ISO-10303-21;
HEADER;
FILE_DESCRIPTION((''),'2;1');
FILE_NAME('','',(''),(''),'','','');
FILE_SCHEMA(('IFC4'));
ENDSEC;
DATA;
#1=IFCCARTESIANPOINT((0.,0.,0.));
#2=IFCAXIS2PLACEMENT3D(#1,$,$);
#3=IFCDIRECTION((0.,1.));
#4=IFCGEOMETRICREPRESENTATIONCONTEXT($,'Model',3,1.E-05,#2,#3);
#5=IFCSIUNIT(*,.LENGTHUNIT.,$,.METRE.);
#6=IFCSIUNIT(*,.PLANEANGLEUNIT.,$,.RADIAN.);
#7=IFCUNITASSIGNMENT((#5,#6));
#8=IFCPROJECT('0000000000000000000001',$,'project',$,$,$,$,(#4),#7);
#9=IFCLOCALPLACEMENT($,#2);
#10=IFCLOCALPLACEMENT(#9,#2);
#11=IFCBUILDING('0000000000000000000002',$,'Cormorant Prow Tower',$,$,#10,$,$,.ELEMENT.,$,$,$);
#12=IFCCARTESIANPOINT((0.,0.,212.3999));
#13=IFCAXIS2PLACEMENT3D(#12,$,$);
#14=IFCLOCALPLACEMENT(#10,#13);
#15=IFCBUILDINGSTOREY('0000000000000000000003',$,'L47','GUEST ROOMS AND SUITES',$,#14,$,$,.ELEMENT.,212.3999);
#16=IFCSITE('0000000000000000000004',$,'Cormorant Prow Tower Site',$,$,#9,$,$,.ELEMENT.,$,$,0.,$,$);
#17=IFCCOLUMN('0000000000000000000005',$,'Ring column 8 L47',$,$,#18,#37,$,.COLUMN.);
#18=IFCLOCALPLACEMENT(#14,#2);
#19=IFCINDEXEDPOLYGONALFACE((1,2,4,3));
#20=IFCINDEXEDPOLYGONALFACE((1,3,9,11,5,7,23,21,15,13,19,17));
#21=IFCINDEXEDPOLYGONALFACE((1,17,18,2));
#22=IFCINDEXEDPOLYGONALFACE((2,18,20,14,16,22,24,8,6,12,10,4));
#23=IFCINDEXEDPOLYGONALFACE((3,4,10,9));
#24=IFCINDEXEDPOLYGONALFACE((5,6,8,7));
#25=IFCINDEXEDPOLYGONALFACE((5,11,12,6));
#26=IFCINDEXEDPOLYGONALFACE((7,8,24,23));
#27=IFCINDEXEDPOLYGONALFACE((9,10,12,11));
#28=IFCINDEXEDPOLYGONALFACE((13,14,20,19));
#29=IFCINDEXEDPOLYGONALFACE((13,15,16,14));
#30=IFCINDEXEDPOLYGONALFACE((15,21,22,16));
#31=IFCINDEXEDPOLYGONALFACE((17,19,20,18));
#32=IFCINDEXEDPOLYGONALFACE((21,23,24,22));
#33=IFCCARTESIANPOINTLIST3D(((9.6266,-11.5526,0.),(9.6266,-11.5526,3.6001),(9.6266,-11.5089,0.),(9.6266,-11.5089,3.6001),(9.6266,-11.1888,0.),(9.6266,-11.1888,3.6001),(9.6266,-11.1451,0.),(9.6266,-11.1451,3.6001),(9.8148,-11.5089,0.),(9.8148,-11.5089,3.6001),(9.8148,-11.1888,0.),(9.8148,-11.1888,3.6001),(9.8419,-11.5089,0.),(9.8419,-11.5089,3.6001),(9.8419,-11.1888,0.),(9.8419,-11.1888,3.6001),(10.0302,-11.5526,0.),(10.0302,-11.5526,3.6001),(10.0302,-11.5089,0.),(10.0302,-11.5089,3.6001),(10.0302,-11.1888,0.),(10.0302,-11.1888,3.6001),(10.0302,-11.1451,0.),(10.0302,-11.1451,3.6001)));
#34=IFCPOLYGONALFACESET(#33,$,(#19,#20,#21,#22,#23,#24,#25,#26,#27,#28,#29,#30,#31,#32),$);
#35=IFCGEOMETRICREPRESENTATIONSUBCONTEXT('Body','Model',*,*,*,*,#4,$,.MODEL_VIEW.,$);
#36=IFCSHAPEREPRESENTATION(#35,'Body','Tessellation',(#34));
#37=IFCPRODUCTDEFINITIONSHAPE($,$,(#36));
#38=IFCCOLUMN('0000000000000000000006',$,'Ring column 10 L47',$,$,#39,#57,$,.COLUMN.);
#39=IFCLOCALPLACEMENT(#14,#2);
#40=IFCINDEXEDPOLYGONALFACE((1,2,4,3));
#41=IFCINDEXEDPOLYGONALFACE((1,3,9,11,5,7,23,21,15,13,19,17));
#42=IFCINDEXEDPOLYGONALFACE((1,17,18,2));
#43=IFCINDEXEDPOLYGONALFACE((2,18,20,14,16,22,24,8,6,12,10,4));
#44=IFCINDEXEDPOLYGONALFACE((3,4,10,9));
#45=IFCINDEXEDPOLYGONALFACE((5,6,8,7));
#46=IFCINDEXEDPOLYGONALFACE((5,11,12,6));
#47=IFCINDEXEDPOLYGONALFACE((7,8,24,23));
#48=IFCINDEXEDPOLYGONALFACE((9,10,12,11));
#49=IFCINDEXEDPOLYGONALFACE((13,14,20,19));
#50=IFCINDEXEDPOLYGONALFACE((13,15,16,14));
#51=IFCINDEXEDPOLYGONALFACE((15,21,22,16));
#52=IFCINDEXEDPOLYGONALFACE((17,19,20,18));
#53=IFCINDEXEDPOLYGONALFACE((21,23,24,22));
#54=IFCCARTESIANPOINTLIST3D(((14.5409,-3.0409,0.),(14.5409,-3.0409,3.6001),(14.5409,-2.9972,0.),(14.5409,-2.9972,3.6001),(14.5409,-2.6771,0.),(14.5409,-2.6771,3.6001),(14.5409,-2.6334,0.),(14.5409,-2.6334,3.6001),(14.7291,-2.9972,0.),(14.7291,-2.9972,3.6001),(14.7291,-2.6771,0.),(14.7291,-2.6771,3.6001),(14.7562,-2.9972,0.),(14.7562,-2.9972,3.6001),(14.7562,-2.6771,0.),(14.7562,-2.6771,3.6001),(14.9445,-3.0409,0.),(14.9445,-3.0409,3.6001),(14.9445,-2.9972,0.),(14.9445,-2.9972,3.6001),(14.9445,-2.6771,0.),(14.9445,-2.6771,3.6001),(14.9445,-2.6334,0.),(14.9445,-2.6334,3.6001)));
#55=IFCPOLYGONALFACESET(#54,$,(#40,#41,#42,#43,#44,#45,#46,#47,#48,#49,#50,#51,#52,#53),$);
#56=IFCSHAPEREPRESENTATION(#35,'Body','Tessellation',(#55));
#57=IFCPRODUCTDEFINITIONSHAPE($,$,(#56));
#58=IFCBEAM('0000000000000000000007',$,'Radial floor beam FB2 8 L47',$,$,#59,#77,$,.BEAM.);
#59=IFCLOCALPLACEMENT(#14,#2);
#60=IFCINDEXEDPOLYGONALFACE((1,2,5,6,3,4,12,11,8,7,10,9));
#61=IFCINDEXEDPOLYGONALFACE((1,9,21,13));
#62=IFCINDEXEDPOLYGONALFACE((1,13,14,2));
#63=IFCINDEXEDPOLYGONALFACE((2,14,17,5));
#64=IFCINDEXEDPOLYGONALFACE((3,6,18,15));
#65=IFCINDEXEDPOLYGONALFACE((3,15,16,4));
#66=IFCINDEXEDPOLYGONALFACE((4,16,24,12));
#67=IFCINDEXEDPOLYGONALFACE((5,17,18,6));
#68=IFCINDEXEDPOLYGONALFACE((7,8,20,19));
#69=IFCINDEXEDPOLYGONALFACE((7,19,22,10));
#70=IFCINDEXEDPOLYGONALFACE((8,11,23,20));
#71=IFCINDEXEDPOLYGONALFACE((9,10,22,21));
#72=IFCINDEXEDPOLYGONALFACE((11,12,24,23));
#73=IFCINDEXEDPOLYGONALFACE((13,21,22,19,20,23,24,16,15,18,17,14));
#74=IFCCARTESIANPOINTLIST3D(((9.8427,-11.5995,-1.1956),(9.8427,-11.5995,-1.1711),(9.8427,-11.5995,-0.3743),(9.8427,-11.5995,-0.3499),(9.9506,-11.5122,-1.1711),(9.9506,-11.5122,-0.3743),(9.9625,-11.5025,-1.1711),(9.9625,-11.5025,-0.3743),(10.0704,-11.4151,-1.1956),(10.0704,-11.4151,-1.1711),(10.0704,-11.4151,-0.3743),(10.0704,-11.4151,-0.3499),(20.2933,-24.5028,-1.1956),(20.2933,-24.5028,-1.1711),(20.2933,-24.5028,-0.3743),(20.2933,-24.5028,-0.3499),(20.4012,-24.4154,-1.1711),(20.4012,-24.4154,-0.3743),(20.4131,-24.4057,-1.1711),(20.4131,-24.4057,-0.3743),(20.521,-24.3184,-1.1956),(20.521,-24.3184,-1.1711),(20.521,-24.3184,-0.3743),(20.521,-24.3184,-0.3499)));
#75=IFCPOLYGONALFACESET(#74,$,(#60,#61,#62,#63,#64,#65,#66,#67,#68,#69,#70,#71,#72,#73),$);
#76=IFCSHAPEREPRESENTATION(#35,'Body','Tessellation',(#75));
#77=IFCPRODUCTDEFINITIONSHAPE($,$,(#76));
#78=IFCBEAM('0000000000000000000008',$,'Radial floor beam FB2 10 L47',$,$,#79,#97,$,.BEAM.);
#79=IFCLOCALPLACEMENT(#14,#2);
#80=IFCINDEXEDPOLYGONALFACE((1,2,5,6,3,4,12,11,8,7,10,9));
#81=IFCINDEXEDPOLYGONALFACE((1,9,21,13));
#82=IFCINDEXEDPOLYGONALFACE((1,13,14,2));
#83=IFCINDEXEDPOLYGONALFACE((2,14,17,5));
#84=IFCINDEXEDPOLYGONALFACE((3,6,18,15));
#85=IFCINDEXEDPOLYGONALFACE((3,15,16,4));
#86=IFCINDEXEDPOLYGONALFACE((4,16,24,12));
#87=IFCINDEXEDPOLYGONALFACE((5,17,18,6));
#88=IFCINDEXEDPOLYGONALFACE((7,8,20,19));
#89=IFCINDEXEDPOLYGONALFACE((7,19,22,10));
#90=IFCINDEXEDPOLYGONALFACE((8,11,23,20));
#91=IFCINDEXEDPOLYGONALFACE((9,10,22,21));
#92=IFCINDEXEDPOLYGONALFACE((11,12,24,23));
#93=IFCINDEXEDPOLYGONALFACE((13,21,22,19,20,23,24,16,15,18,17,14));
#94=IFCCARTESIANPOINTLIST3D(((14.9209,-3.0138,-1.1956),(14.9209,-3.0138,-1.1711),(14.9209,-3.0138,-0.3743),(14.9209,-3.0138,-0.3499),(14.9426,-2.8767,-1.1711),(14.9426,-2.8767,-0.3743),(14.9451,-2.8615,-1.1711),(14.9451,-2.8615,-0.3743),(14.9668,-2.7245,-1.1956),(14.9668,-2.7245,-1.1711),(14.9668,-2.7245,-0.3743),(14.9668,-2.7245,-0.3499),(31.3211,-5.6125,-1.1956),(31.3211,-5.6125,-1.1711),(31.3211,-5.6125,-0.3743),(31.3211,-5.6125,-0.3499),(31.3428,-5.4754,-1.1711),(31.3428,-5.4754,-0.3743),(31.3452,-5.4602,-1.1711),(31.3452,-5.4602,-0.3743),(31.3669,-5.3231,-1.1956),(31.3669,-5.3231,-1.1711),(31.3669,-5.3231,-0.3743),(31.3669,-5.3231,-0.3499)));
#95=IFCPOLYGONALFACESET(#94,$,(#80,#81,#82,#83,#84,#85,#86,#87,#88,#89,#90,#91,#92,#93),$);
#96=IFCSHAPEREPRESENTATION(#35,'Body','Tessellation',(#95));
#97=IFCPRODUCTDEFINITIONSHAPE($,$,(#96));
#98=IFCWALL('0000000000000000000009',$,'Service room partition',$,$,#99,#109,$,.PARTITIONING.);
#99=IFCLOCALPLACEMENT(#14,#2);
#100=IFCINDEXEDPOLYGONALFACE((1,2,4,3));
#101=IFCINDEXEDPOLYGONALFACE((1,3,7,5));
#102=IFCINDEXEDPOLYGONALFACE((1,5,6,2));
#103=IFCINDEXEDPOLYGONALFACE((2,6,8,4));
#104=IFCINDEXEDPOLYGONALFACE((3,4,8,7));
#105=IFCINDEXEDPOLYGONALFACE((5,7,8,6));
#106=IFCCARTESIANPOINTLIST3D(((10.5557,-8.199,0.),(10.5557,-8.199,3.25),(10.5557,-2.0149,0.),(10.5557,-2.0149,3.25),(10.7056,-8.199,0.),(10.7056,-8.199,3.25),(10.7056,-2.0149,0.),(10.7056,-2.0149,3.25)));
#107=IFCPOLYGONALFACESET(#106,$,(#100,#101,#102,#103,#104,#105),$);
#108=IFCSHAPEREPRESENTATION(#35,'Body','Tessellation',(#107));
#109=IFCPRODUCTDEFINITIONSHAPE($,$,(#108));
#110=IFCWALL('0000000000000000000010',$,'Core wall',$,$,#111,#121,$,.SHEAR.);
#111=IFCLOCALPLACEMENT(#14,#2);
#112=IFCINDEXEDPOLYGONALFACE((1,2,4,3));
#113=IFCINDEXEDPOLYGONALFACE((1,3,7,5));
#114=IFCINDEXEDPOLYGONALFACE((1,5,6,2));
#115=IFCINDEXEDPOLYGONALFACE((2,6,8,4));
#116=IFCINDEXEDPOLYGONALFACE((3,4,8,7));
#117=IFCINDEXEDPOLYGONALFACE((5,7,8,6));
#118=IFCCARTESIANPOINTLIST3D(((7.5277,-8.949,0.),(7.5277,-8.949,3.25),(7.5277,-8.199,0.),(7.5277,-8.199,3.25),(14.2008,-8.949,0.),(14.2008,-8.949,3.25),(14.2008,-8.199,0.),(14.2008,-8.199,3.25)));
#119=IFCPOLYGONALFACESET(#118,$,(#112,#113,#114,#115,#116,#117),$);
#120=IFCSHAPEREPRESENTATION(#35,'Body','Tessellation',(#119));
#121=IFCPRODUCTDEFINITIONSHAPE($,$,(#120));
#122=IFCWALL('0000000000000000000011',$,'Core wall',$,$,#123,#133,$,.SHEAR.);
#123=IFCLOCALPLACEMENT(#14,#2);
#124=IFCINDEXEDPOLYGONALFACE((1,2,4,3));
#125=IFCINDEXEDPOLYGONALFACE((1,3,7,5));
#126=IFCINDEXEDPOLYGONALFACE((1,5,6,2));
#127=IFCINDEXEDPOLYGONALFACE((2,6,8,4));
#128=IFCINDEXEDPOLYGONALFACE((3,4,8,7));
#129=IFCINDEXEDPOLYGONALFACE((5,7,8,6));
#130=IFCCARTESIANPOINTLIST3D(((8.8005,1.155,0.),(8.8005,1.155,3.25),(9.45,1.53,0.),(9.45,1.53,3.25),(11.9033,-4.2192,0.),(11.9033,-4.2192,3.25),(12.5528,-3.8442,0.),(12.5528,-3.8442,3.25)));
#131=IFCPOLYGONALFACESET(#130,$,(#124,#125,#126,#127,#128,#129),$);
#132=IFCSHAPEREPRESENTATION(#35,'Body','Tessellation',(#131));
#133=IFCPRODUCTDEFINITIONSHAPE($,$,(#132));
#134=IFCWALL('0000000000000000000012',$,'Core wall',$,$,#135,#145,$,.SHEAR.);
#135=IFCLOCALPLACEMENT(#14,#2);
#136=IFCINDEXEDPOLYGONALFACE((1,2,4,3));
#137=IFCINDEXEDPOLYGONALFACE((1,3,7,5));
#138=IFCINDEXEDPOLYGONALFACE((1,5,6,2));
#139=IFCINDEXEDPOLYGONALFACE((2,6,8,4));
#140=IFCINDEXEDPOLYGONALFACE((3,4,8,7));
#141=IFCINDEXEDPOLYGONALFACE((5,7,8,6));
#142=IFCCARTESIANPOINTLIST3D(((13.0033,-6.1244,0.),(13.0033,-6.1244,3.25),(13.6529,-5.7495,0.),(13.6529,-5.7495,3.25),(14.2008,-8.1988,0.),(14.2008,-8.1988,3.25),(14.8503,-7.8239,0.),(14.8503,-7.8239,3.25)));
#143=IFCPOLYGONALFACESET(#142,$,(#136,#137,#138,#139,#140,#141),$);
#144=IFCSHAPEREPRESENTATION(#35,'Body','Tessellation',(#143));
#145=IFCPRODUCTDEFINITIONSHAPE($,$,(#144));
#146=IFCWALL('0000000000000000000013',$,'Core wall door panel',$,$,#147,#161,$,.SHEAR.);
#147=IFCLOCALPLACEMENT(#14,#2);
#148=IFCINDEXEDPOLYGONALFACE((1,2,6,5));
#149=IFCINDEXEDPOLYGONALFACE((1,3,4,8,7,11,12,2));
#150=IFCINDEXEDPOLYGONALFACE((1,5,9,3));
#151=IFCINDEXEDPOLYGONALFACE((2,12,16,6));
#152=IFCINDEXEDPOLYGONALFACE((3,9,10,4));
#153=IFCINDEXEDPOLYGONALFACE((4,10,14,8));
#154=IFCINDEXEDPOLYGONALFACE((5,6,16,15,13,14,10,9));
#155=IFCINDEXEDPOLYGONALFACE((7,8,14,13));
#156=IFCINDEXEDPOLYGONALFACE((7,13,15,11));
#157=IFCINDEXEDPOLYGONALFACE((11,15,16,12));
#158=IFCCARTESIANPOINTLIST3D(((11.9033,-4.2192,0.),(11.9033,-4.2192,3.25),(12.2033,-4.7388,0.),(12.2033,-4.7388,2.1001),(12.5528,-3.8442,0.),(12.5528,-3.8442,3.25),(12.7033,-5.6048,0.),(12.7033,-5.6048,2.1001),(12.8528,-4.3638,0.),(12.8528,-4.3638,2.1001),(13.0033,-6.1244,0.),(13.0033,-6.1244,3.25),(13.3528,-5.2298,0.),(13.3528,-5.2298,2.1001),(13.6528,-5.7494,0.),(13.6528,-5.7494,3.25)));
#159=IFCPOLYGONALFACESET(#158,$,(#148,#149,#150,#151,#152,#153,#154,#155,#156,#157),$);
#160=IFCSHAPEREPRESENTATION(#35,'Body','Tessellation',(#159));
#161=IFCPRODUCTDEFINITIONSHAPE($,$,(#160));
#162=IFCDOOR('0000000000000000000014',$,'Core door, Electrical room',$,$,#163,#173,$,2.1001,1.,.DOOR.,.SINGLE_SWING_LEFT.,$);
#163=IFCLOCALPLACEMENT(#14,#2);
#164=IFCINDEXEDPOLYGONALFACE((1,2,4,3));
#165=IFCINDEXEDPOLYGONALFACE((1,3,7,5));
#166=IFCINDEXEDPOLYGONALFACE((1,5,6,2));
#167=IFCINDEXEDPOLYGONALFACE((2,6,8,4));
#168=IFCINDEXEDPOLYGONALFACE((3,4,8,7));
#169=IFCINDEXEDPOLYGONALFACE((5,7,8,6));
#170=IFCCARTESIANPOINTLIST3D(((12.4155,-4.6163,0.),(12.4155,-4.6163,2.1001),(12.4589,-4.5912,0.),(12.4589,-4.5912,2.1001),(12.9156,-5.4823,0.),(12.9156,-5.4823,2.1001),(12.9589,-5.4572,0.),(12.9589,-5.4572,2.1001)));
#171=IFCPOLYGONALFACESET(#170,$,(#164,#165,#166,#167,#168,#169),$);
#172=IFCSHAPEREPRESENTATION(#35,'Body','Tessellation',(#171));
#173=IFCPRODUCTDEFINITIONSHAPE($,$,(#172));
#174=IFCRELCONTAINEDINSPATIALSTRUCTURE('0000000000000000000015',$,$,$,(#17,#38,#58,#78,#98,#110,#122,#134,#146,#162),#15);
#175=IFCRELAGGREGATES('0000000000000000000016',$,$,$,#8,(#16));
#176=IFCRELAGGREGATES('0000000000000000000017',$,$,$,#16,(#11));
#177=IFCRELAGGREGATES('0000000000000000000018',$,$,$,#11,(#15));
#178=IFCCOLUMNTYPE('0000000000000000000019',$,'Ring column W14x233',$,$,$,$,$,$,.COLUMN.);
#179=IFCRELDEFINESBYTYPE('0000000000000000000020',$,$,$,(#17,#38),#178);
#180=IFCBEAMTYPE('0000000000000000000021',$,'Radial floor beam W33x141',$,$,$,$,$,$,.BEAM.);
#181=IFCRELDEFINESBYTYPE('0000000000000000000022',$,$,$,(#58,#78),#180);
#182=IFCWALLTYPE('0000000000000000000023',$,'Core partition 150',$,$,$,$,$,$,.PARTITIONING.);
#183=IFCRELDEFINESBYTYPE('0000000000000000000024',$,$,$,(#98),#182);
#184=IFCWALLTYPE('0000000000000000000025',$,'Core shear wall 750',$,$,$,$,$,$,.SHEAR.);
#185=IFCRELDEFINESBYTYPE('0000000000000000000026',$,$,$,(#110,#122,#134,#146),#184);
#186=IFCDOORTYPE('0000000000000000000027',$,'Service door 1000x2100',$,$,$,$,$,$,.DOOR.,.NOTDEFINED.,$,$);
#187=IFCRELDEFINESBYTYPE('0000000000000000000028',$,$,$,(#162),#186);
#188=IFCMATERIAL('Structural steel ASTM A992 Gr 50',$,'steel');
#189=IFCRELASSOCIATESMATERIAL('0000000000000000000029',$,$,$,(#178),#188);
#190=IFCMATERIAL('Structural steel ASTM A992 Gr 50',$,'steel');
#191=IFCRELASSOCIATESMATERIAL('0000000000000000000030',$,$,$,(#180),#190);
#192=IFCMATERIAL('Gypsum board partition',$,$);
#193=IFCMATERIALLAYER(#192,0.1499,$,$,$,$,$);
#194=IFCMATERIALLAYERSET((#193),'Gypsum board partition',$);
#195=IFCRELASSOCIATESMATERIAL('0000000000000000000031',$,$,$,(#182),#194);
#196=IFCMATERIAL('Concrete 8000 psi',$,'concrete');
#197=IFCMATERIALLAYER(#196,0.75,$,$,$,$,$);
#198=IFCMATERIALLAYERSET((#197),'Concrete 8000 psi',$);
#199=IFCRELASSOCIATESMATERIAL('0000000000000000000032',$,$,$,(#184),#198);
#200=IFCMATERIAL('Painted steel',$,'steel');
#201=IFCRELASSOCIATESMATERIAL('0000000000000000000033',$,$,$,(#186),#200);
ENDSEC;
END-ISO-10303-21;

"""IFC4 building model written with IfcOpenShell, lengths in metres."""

from ifc_helpers import new_model, si_unit, direction, frame, frame_2d, origin, origin_2d, place, context, subcontext, project, spatial, rectangle, i_section, extrude, material, layer, layer_set, material_profile, profile_set, type_object, element, fill, save


model = new_model("IFC4")

# Units and contexts
model_context = context("Model", 3, precision=1e-05, world=origin(), true_north=direction((0.0, 1.0)))
body_context = subcontext(model_context, "Body", "Model", "MODEL_VIEW")
ifc_project = project(units=[si_unit("LENGTHUNIT", "METRE"), si_unit("PLANEANGLEUNIT", "RADIAN")], contexts=[model_context])

# Site, building, storey
site_placement = place(None, origin())
site = spatial("IfcSite", under=ifc_project, at=site_placement, Name="Cormorant Prow Tower Site", CompositionType="ELEMENT", RefElevation=0.0)
building_placement = place(site_placement, origin())
building = spatial("IfcBuilding", under=site, at=building_placement, Name="Cormorant Prow Tower", CompositionType="ELEMENT")
storey_placement = place(building_placement, frame((0.0, 0.0, 212.3999)))
storey = spatial("IfcBuildingStorey", under=building, at=storey_placement, Name="L47", Description="GUEST ROOMS AND SUITES", CompositionType="ELEMENT", Elevation=212.3999)

# Columns
ifc_material_1 = material(Name="Structural steel ASTM A992 Gr 50", Category="steel")
ifc_material_profile_1 = material_profile(ifc_material_1, i_section(OverallWidth=0.4036, OverallDepth=0.4075, WebThickness=0.0271, FlangeThickness=0.0437, at=origin_2d()), Name="W14x233")
ifc_profile_set_1 = profile_set([ifc_material_profile_1], Name="Structural steel ASTM A992 Gr 50")
column_type = type_object("IfcColumnType", Name="Ring column W14x233", PredefinedType="COLUMN", material=ifc_profile_set_1)
for number, where, z_axis, x_axis, name in (
    (1, (9.8284, -11.3489, 0.0), (0.0, 0.0, 1.0), (1.0, 0.0, 0.0), "Ring column 8 L47"),
    (2, (14.7427, -2.8372, 0.0), (0.0, 0.0, 1.0), (1.0, 0.0, 0.0), "Ring column 10 L47"),
):
    element("IfcColumn", number, at=place(storey_placement, frame(where, z_axis=z_axis, x_axis=x_axis)), inside=storey, type_object=column_type, Name=name, PredefinedType="COLUMN", context=body_context, shape_type="SweptSolid", body=[
        extrude(i_section(OverallWidth=0.4036, OverallDepth=0.4075, WebThickness=0.0271, FlangeThickness=0.0437, at=origin_2d()), origin(), (0.0, 0.0, 1.0), 3.6001),
    ])

# Beams
ifc_material_2 = material(Name="Structural steel ASTM A992 Gr 50", Category="steel")
ifc_material_profile_2 = material_profile(ifc_material_2, i_section(OverallWidth=0.293, OverallDepth=0.8457, WebThickness=0.0154, FlangeThickness=0.0244, at=origin_2d()), Name="W33x141")
ifc_profile_set_2 = profile_set([ifc_material_profile_2], Name="Structural steel ASTM A992 Gr 50")
beam_type = type_object("IfcBeamType", Name="Radial floor beam W33x141", PredefinedType="BEAM", material=ifc_profile_set_2)
beam_1_placement = place(storey_placement, frame((9.9565, -11.5073, -0.7727), z_axis=(0.629385, -0.777094, 0.0), x_axis=(0.777094, 0.629385, 0.0)))
element("IfcBeam", 3, at=beam_1_placement, inside=storey, type_object=beam_type, Name="Radial floor beam FB2 8 L47", PredefinedType="BEAM", context=body_context, shape_type="SweptSolid", body=[
    extrude(i_section(OverallWidth=0.293, OverallDepth=0.8457, WebThickness=0.0154, FlangeThickness=0.0244, at=origin_2d()), origin(), (0.0, 0.0, 1.0), 16.6045),
])
beam_2_placement = place(storey_placement, frame((14.9438, -2.8691, -0.7727), z_axis=(0.987678, -0.156499, 0.0), x_axis=(0.156499, 0.987678, 0.0)))
element("IfcBeam", 4, at=beam_2_placement, inside=storey, type_object=beam_type, Name="Radial floor beam FB2 10 L47", PredefinedType="BEAM", context=body_context, shape_type="SweptSolid", body=[
    extrude(i_section(OverallWidth=0.293, OverallDepth=0.8457, WebThickness=0.0154, FlangeThickness=0.0244, at=origin_2d()), origin(), (0.0, 0.0, 1.0), 16.6047),
])

# Walls
ifc_material_3 = material(Name="Gypsum board partition")
ifc_layer_1 = layer(ifc_material_3, 0.1499)
ifc_layer_set_1 = layer_set([ifc_layer_1], Name="Gypsum board partition")
wall_type_1 = type_object("IfcWallType", Name="Core partition 150", PredefinedType="PARTITIONING", material=ifc_layer_set_1)
wall_1_placement = place(storey_placement, frame((10.6306, -8.199, 0.0), z_axis=(0.0, 0.0, 1.0), x_axis=(0.0, 1.0, 0.0)))
element("IfcWall", 5, at=wall_1_placement, inside=storey, type_object=wall_type_1, Name="Service room partition", PredefinedType="PARTITIONING", context=body_context, shape_type="SweptSolid", body=[
    extrude(rectangle(XDim=6.1841, YDim=0.1499, at=frame_2d((3.092, 0.0))), origin(), (0.0, 0.0, 1.0), 3.25),
])
ifc_material_4 = material(Name="Concrete 8000 psi", Category="concrete")
ifc_layer_2 = layer(ifc_material_4, 0.75)
ifc_layer_set_2 = layer_set([ifc_layer_2], Name="Concrete 8000 psi")
wall_type_2 = type_object("IfcWallType", Name="Core shear wall 750", PredefinedType="SHEAR", material=ifc_layer_set_2)
wall_2_placement = place(storey_placement, frame((7.5278, -8.574, 0.0), z_axis=(0.0, 0.0, 1.0), x_axis=(1.0, 0.0, 0.0)))
element("IfcWall", 6, at=wall_2_placement, inside=storey, type_object=wall_type_2, Name="Core wall", PredefinedType="SHEAR", context=body_context, shape_type="SweptSolid", body=[
    extrude(rectangle(XDim=6.6731, YDim=0.75, at=frame_2d((3.3364, 0.0))), origin(), (0.0, 0.0, 1.0), 3.25),
])
wall_3_placement = place(storey_placement, frame((12.228, -4.0317, 0.0), z_axis=(0.0, 0.0, 1.0), x_axis=(-0.499994, 0.866029, 0.0)))
element("IfcWall", 7, at=wall_3_placement, inside=storey, type_object=wall_type_2, Name="Core wall", PredefinedType="SHEAR", context=body_context, shape_type="SweptSolid", body=[
    extrude(rectangle(XDim=6.2056, YDim=0.75, at=frame_2d((3.1028, 0.0))), origin(), (0.0, 0.0, 1.0), 3.25),
])
wall_4_placement = place(storey_placement, frame((14.5256, -8.0115, 0.0), z_axis=(0.0, 0.0, 1.0), x_axis=(-0.499943, 0.866058, 0.0)))
element("IfcWall", 8, at=wall_4_placement, inside=storey, type_object=wall_type_2, Name="Core wall", PredefinedType="SHEAR", context=body_context, shape_type="SweptSolid", body=[
    extrude(rectangle(XDim=2.3953, YDim=0.75, at=frame_2d((1.1978, 0.0))), origin(), (0.0, 0.0, 1.0), 3.25),
])

# Wall, opening, door
wall_5_placement = place(storey_placement, frame((13.3281, -5.937, 0.0), z_axis=(0.0, 0.0, 1.0), x_axis=(-0.50003, 0.866008, 0.0)))
wall_5 = element("IfcWall", 9, at=wall_5_placement, inside=storey, type_object=wall_type_2, Name="Core wall door panel", PredefinedType="SHEAR", context=body_context, shape_type="SweptSolid", body=[
    extrude(rectangle(XDim=2.2, YDim=0.75, at=frame_2d((1.1001, 0.0))), origin(), (0.0, 0.0, 1.0), 3.25),
])
opening_1_placement = place(wall_5_placement, frame((0.6001, 0.0, 0.0)))
opening_1 = element("IfcOpeningElement", 10, at=opening_1_placement, cuts=wall_5, PredefinedType="OPENING", context=body_context, shape_type="SweptSolid", body=[
    extrude(rectangle(XDim=1.0, YDim=2.1001, at=frame_2d((0.5, 1.05))), frame((0.0, 0.385, 0.0), z_axis=(0.0, -1.0, 0.0), x_axis=(1.0, 0.0, 0.0)), (0.0, 0.0, 1.0), 0.77),
])
ifc_material_5 = material(Name="Painted steel", Category="steel")
door_type_1 = type_object("IfcDoorType", Name="Service door 1000x2100", OperationType="NOTDEFINED", PredefinedType="DOOR", material=ifc_material_5)
door_1_placement = place(opening_1_placement, origin())
door_1 = element("IfcDoor", 11, at=door_1_placement, inside=storey, type_object=door_type_1, Name="Core door, Electrical room", OperationType="SINGLE_SWING_LEFT", OverallHeight=2.1001, OverallWidth=1.0, PredefinedType="DOOR", context=body_context, shape_type="SweptSolid", body=[
    extrude(rectangle(XDim=1.0, YDim=2.1001, at=frame_2d((0.5, 1.05))), frame((0.0, 0.1299, 0.0), z_axis=(0.0, -1.0, 0.0), x_axis=(1.0, 0.0, 0.0)), (0.0, 0.0, 1.0), 0.05),
])
fill(opening_1, door_1)

save(model, "model.ifc")
